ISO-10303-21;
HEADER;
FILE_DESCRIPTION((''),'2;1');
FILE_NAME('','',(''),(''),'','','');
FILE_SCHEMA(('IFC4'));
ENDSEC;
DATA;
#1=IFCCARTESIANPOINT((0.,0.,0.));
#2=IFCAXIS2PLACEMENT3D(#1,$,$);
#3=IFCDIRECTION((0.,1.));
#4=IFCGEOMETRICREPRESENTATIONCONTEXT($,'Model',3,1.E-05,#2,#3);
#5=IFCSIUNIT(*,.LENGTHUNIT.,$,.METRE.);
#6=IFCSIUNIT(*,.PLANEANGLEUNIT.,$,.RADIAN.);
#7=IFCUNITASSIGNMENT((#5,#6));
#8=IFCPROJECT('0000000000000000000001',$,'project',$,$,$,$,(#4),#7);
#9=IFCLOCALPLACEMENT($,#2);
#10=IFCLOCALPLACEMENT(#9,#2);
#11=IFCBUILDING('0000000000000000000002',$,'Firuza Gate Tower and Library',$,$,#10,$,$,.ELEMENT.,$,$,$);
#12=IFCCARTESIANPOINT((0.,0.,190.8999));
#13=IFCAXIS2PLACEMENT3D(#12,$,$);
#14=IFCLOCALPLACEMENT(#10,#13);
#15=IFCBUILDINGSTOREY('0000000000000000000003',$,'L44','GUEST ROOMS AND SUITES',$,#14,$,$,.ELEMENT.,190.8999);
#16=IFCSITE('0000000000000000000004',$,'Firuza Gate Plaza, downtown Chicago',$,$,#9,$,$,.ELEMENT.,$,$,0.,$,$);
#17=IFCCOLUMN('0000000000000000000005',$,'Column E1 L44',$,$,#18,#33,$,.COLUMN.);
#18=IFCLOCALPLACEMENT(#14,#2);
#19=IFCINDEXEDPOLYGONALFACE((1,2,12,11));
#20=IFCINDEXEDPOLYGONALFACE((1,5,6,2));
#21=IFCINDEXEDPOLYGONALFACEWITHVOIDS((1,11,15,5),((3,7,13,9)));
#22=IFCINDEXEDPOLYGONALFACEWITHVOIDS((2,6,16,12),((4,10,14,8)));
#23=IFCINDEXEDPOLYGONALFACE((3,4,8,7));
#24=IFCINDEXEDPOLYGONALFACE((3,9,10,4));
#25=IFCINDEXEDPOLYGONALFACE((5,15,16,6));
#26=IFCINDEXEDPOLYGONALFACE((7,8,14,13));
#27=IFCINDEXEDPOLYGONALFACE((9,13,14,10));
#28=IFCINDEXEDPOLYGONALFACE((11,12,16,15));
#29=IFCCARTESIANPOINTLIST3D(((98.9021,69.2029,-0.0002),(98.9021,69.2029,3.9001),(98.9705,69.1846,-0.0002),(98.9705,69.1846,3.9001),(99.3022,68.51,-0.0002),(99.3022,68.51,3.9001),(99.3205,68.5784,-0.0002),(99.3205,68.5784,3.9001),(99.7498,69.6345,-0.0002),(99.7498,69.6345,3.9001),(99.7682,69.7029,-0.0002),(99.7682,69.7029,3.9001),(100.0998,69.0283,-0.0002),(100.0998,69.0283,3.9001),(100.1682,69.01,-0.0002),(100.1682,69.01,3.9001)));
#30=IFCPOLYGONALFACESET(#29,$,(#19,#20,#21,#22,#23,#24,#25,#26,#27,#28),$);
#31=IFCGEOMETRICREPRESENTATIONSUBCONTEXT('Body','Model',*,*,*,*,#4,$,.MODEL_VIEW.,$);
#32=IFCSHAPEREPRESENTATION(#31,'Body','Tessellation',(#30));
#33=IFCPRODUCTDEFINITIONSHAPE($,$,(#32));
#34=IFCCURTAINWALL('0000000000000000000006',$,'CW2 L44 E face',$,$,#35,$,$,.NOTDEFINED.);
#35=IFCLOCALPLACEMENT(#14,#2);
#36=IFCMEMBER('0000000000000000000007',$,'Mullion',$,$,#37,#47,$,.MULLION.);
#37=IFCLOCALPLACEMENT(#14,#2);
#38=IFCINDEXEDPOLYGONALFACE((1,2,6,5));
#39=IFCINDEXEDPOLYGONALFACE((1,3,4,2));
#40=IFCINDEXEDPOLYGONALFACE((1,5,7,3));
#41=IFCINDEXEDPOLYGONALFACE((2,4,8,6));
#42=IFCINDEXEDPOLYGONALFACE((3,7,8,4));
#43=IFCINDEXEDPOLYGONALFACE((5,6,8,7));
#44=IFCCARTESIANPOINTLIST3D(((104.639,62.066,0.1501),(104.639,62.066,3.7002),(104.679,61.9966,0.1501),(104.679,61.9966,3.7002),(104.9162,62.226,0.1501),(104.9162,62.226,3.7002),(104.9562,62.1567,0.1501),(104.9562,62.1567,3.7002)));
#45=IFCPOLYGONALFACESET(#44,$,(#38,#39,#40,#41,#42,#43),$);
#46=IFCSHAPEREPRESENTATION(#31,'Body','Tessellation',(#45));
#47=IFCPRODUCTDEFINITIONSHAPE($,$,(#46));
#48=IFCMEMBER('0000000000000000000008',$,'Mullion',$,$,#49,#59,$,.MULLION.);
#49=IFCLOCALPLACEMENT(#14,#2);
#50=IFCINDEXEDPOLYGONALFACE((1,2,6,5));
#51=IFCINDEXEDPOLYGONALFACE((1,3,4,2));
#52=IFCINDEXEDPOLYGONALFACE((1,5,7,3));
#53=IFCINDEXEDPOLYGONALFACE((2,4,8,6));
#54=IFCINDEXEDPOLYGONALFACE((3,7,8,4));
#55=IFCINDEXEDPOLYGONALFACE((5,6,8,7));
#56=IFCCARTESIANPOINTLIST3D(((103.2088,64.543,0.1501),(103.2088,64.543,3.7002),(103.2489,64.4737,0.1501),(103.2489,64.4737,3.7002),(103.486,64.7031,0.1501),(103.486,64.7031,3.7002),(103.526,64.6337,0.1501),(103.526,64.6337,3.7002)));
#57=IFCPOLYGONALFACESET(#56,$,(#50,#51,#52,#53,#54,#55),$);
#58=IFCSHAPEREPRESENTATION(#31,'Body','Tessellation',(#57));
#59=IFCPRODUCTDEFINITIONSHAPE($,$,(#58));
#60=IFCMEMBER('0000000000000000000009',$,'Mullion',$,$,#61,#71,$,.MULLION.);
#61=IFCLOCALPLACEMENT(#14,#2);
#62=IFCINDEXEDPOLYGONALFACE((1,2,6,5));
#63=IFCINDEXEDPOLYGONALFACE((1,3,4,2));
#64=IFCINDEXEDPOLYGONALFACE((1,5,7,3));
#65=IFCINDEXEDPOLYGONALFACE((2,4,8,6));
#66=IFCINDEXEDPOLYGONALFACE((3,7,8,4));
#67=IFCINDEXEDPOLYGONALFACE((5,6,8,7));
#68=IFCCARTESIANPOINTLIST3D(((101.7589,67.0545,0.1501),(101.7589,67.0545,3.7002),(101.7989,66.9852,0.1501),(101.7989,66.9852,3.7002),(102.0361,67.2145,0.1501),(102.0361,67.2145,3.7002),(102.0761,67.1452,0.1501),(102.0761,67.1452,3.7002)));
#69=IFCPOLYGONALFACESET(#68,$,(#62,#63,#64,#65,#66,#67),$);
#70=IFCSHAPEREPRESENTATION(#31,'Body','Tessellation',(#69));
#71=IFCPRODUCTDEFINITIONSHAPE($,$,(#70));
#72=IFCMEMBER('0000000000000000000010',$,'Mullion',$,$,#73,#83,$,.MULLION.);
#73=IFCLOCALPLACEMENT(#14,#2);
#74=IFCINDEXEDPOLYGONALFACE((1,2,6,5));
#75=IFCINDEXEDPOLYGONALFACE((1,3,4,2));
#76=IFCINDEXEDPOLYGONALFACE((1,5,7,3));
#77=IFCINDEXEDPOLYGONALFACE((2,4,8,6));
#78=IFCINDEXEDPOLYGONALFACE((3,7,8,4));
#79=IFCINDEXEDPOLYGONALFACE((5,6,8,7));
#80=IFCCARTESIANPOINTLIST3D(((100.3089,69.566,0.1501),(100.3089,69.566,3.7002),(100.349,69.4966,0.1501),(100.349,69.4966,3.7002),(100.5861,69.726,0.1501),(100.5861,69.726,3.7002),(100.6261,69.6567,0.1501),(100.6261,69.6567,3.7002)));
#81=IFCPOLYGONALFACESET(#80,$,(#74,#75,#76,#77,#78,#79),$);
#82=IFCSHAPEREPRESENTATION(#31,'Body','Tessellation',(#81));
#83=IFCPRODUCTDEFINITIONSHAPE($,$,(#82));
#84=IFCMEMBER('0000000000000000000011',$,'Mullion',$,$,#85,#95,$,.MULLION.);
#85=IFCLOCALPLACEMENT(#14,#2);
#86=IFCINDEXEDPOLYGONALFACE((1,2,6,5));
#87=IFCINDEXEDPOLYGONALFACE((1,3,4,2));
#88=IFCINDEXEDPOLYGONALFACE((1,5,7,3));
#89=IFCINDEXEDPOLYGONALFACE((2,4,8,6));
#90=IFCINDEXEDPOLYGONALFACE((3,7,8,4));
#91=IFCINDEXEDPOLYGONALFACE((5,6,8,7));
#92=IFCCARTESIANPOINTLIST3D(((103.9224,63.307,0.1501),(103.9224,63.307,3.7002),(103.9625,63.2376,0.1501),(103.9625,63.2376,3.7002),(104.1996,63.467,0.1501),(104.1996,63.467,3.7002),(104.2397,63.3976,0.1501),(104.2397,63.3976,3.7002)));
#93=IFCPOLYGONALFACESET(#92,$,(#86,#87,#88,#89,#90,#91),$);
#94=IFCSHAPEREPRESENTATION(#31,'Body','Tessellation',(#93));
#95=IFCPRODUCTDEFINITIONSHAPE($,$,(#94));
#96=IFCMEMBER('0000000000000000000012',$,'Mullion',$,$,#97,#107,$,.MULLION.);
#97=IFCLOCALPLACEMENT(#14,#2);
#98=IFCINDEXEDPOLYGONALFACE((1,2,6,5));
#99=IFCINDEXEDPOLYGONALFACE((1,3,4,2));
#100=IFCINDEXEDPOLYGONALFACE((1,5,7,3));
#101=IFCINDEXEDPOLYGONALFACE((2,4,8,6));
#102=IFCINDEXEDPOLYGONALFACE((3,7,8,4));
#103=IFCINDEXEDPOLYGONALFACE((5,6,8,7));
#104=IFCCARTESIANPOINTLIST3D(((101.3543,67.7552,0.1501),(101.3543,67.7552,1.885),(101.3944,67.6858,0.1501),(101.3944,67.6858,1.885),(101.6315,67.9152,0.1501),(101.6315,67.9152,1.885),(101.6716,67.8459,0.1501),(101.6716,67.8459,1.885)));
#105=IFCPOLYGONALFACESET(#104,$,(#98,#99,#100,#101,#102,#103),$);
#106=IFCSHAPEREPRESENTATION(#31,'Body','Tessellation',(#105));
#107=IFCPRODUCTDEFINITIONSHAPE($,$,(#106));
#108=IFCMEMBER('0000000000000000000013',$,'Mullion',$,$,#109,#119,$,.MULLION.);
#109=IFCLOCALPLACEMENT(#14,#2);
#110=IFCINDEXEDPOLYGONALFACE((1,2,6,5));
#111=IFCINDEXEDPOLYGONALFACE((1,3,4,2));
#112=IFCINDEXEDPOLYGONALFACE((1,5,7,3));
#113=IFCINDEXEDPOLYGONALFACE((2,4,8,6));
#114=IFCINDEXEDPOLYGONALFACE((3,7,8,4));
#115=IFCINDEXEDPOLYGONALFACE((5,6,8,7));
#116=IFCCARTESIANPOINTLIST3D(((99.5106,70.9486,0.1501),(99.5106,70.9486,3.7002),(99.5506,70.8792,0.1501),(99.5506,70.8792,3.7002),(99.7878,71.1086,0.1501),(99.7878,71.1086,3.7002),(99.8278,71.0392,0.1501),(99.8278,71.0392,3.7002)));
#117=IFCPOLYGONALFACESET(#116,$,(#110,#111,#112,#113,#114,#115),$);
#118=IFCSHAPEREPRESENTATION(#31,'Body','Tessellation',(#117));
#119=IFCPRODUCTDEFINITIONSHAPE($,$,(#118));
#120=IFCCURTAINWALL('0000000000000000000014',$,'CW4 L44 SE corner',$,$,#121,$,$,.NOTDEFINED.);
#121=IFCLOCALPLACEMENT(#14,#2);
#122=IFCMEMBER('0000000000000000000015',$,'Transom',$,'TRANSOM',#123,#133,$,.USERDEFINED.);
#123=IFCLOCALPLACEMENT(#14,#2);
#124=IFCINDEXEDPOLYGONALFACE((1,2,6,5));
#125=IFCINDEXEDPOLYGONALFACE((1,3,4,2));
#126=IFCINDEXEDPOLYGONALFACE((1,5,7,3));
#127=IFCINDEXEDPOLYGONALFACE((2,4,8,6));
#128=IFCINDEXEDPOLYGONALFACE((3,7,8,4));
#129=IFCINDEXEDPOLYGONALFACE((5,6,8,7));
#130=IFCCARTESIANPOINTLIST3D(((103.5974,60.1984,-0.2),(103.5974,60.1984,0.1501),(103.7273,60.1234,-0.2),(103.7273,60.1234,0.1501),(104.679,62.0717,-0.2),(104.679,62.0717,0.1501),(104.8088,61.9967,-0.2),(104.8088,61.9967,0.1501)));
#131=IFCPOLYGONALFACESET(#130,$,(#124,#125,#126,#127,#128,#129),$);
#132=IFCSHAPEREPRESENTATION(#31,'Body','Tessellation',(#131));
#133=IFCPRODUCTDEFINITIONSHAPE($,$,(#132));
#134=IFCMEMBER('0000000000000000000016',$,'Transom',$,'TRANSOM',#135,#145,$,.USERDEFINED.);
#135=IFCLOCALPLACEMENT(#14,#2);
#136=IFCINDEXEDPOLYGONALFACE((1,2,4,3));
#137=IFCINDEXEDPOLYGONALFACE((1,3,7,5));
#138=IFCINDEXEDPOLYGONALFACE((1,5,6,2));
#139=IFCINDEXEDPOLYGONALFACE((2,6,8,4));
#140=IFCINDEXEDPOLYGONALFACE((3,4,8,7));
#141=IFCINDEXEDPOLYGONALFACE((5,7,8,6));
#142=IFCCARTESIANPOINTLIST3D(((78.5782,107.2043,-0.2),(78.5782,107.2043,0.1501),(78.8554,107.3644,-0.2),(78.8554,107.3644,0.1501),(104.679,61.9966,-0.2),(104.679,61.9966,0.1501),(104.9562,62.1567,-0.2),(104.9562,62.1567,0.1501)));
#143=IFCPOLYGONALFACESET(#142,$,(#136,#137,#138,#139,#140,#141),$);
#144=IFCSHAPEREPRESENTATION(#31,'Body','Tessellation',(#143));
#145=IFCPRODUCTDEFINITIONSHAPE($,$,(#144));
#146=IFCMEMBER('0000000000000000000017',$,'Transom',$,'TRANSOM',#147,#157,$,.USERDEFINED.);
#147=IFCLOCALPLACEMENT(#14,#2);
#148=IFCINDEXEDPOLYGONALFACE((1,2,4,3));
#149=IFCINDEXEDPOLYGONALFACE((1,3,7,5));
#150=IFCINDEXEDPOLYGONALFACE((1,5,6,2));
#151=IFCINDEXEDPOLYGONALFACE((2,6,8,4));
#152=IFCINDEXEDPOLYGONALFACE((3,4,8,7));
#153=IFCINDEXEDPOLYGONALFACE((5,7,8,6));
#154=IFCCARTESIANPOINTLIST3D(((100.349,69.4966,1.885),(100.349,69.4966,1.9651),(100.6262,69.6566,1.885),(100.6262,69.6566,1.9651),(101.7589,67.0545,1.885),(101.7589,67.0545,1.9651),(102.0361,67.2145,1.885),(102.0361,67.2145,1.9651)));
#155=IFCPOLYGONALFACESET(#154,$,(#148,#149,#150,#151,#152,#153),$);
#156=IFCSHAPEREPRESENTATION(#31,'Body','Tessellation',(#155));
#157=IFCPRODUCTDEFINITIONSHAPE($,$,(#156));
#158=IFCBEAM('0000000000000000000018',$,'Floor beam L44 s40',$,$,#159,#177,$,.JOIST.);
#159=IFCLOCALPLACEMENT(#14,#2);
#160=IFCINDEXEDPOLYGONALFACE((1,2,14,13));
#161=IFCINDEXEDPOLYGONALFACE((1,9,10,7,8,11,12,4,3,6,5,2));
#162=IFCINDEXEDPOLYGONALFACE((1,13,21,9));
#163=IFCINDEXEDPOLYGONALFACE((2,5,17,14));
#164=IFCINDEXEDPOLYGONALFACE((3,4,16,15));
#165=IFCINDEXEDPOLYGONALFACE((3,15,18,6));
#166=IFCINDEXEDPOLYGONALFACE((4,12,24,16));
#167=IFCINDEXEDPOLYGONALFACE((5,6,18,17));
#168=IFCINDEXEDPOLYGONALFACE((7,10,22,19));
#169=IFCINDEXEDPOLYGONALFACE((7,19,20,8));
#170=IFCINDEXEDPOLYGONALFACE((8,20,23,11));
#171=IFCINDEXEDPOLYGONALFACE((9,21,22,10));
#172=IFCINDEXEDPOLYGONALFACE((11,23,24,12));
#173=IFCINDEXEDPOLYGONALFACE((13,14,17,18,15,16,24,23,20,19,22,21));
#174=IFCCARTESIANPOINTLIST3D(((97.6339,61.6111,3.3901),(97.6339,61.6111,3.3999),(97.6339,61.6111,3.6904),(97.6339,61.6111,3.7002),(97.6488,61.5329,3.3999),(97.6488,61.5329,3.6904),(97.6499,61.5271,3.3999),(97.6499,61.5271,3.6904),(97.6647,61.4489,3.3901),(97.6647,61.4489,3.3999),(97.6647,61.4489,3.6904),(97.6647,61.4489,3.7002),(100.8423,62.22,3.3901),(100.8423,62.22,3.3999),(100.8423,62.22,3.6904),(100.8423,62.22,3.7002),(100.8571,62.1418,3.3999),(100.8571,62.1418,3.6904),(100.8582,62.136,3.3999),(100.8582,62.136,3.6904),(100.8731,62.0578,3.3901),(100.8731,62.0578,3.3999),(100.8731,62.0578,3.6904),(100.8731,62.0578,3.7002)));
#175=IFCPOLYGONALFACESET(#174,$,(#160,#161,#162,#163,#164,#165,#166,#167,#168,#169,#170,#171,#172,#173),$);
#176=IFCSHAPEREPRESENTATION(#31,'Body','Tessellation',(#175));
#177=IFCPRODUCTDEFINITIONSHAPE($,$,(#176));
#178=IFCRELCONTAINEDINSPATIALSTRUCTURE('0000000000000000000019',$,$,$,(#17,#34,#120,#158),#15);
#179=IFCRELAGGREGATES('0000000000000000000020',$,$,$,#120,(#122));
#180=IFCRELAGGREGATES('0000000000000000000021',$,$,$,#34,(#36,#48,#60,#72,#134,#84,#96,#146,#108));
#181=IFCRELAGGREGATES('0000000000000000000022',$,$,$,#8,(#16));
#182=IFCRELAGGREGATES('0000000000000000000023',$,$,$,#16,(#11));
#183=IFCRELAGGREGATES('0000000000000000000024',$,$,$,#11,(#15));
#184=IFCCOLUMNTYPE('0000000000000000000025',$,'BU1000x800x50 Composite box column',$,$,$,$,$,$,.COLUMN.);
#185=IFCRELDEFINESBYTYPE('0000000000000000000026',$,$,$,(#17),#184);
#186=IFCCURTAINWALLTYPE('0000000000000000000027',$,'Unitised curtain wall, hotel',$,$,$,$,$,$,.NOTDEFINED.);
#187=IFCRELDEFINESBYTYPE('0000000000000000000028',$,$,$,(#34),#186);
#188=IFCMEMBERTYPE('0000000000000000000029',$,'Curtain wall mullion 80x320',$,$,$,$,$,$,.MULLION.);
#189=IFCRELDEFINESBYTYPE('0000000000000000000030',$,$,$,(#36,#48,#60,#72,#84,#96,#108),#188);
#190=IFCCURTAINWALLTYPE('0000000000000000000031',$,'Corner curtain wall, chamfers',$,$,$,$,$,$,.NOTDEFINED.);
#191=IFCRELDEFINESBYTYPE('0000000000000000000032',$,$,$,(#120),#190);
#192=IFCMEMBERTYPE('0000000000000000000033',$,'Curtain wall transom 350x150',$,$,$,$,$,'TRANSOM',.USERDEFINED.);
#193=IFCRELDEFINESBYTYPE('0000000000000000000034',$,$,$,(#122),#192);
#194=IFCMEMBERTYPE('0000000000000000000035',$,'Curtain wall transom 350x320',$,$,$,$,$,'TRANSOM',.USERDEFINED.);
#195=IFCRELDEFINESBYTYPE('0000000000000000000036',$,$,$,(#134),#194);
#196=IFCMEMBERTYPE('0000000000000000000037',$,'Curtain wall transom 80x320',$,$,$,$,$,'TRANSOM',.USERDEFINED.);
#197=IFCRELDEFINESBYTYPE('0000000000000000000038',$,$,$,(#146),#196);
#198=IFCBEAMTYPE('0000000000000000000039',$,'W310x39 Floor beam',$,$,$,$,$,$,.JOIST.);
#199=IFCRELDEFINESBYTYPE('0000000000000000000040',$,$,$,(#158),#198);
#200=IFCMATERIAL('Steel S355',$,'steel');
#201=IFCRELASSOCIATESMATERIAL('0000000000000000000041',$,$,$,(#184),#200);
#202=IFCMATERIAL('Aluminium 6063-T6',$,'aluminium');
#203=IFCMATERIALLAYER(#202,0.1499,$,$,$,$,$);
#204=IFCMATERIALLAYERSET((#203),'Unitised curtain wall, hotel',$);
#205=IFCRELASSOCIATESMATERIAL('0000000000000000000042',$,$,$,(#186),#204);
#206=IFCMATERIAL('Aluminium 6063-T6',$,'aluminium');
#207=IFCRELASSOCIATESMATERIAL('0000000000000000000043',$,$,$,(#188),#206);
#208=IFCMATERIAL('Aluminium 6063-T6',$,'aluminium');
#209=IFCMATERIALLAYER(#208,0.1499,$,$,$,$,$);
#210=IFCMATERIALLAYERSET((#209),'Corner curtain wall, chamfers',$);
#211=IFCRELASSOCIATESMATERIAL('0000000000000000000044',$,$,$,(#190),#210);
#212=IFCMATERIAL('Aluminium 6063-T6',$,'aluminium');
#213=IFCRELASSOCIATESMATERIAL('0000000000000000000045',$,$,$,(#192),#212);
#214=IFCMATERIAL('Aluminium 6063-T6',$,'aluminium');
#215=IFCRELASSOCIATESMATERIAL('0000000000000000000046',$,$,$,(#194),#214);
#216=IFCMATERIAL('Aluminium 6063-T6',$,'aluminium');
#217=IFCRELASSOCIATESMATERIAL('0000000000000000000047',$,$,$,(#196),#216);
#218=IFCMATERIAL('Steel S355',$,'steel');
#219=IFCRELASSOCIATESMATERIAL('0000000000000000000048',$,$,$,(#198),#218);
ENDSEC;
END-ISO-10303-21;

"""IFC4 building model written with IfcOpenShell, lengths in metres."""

from ifc_helpers import new_model, si_unit, direction, frame, origin, origin_2d, place, context, subcontext, project, spatial, rectangle, hollow_rectangle, i_section, extrude, material, layer, layer_set, material_profile, profile_set, type_object, element, aggregate, save


model = new_model("IFC4")

# Units and contexts
model_context = context("Model", 3, precision=1e-05, world=origin(), true_north=direction((0.0, 1.0)))
body_context = subcontext(model_context, "Body", "Model", "MODEL_VIEW")
ifc_project = project(units=[si_unit("LENGTHUNIT", "METRE"), si_unit("PLANEANGLEUNIT", "RADIAN")], contexts=[model_context])

# Site, building, storey
site_placement = place(None, origin())
site = spatial("IfcSite", under=ifc_project, at=site_placement, Name="Firuza Gate Plaza, downtown Chicago", CompositionType="ELEMENT", RefElevation=0.0)
building_placement = place(site_placement, origin())
building = spatial("IfcBuilding", under=site, at=building_placement, Name="Firuza Gate Tower and Library", CompositionType="ELEMENT")
storey_placement = place(building_placement, frame((0.0, 0.0, 190.8999)))
storey = spatial("IfcBuildingStorey", under=building, at=storey_placement, Name="L44", Description="GUEST ROOMS AND SUITES", CompositionType="ELEMENT", Elevation=190.8999)

# Column
ifc_material_1 = material(Name="Steel S355", Category="steel")
ifc_material_profile_1 = material_profile(ifc_material_1, hollow_rectangle(XDim=0.8, YDim=1.0, WallThickness=0.05, at=origin_2d()))
ifc_profile_set_1 = profile_set([ifc_material_profile_1], Name="Steel S355")
column_type = type_object("IfcColumnType", Name="BU1000x800x50 Composite box column", PredefinedType="COLUMN", material=ifc_profile_set_1)
column_placement = place(storey_placement, frame((99.5352, 69.1064, -0.0002), z_axis=(0.0, 0.0, 1.0), x_axis=(-0.5, 0.866025, 0.0)))
element("IfcColumn", 1, at=column_placement, inside=storey, type_object=column_type, Name="Column E1 L44", PredefinedType="COLUMN", context=body_context, shape_type="SweptSolid", body=[
    extrude(hollow_rectangle(XDim=0.8, YDim=1.0, WallThickness=0.05, at=origin_2d()), origin(), (0.0, 0.0, 1.0), 3.9004),
])

# Curtain wall, members
ifc_material_2 = material(Name="Aluminium 6063-T6", Category="aluminium")
ifc_layer_1 = layer(ifc_material_2, 0.1499)
ifc_layer_set_1 = layer_set([ifc_layer_1], Name="Unitised curtain wall, hotel")
curtain_wall_type_1 = type_object("IfcCurtainWallType", Name="Unitised curtain wall, hotel", PredefinedType="NOTDEFINED", material=ifc_layer_set_1)
placement = place(storey_placement, origin())
curtain_wall_1 = element("IfcCurtainWall", 2, at=placement, inside=storey, type_object=curtain_wall_type_1, Name="CW2 L44 E face", PredefinedType="NOTDEFINED")
ifc_material_3 = material(Name="Aluminium 6063-T6", Category="aluminium")
ifc_material_profile_2 = material_profile(ifc_material_3, rectangle(XDim=0.3201, YDim=0.0801, at=origin_2d()))
ifc_profile_set_2 = profile_set([ifc_material_profile_2], Name="Aluminium 6063-T6")
member_type_1 = type_object("IfcMemberType", Name="Curtain wall mullion 80x320", PredefinedType="MULLION", material=ifc_profile_set_2)
member_1_placement = place(storey_placement, frame((104.7976, 62.1113, 0.1501), z_axis=(0.0, 0.0, 1.0), x_axis=(-0.866025, -0.5, 0.0)))
member_1 = element("IfcMember", 3, at=member_1_placement, type_object=member_type_1, Name="Mullion", PredefinedType="MULLION", context=body_context, shape_type="SweptSolid", body=[
    extrude(rectangle(XDim=0.3201, YDim=0.0801, at=origin_2d()), origin(), (0.0, 0.0, 1.0), 3.55),
])
member_2_placement = place(storey_placement, frame((103.3674, 64.5884, 0.1501), z_axis=(0.0, 0.0, 1.0), x_axis=(-0.866025, -0.5, 0.0)))
member_2 = element("IfcMember", 4, at=member_2_placement, type_object=member_type_1, Name="Mullion", PredefinedType="MULLION", context=body_context, shape_type="SweptSolid", body=[
    extrude(rectangle(XDim=0.3201, YDim=0.0801, at=origin_2d()), origin(), (0.0, 0.0, 1.0), 3.55),
])
member_3_placement = place(storey_placement, frame((101.9175, 67.0999, 0.1501), z_axis=(0.0, 0.0, 1.0), x_axis=(-0.866025, -0.5, 0.0)))
member_3 = element("IfcMember", 5, at=member_3_placement, type_object=member_type_1, Name="Mullion", PredefinedType="MULLION", context=body_context, shape_type="SweptSolid", body=[
    extrude(rectangle(XDim=0.3201, YDim=0.0801, at=origin_2d()), origin(), (0.0, 0.0, 1.0), 3.55),
])
member_4_placement = place(storey_placement, frame((100.4675, 69.6113, 0.1501), z_axis=(0.0, 0.0, 1.0), x_axis=(-0.866025, -0.5, 0.0)))
member_4 = element("IfcMember", 6, at=member_4_placement, type_object=member_type_1, Name="Mullion", PredefinedType="MULLION", context=body_context, shape_type="SweptSolid", body=[
    extrude(rectangle(XDim=0.3201, YDim=0.0801, at=origin_2d()), origin(), (0.0, 0.0, 1.0), 3.55),
])
member_5_placement = place(storey_placement, frame((104.0811, 63.3523, 0.1501), z_axis=(0.0, 0.0, 1.0), x_axis=(-0.866025, -0.5, 0.0)))
member_5 = element("IfcMember", 7, at=member_5_placement, type_object=member_type_1, Name="Mullion", PredefinedType="MULLION", context=body_context, shape_type="SweptSolid", body=[
    extrude(rectangle(XDim=0.3201, YDim=0.0801, at=origin_2d()), origin(), (0.0, 0.0, 1.0), 3.55),
])
member_6_placement = place(storey_placement, frame((101.5129, 67.8005, 0.1501), z_axis=(0.0, 0.0, 1.0), x_axis=(-0.866025, -0.5, 0.0)))
member_6 = element("IfcMember", 8, at=member_6_placement, type_object=member_type_1, Name="Mullion", PredefinedType="MULLION", context=body_context, shape_type="SweptSolid", body=[
    extrude(rectangle(XDim=0.3201, YDim=0.0801, at=origin_2d()), origin(), (0.0, 0.0, 1.0), 1.7349),
])
member_7_placement = place(storey_placement, frame((99.6692, 70.9939, 0.1501), z_axis=(0.0, 0.0, 1.0), x_axis=(-0.866025, -0.5, 0.0)))
member_7 = element("IfcMember", 9, at=member_7_placement, type_object=member_type_1, Name="Mullion", PredefinedType="MULLION", context=body_context, shape_type="SweptSolid", body=[
    extrude(rectangle(XDim=0.3201, YDim=0.0801, at=origin_2d()), origin(), (0.0, 0.0, 1.0), 3.55),
])

# Curtain wall, member
ifc_material_4 = material(Name="Aluminium 6063-T6", Category="aluminium")
ifc_layer_2 = layer(ifc_material_4, 0.1499)
ifc_layer_set_2 = layer_set([ifc_layer_2], Name="Corner curtain wall, chamfers")
curtain_wall_type_2 = type_object("IfcCurtainWallType", Name="Corner curtain wall, chamfers", PredefinedType="NOTDEFINED", material=ifc_layer_set_2)
curtain_wall_2 = element("IfcCurtainWall", 10, at=placement, inside=storey, type_object=curtain_wall_type_2, Name="CW4 L44 SE corner", PredefinedType="NOTDEFINED")
ifc_material_5 = material(Name="Aluminium 6063-T6", Category="aluminium")
ifc_material_profile_3 = material_profile(ifc_material_5, rectangle(XDim=0.1499, YDim=0.3501, at=origin_2d()))
ifc_profile_set_3 = profile_set([ifc_material_profile_3], Name="Aluminium 6063-T6")
member_type_2 = type_object("IfcMemberType", Name="Curtain wall transom 350x150", ElementType="TRANSOM", PredefinedType="USERDEFINED", material=ifc_profile_set_3)
member_8_placement = place(storey_placement, frame((103.6624, 60.1609, -0.0249), z_axis=(0.499999, 0.866026, 0.0), x_axis=(-0.866026, 0.499999, 0.0)))
member_8 = element("IfcMember", 11, at=member_8_placement, type_object=member_type_2, Name="Transom", ObjectType="TRANSOM", PredefinedType="USERDEFINED", context=body_context, shape_type="SweptSolid", body=[
    extrude(rectangle(XDim=0.1499, YDim=0.3501, at=origin_2d()), origin(), (0.0, 0.0, 1.0), 2.1631),
])
aggregate(curtain_wall_2, [member_8])

# Members
ifc_material_6 = material(Name="Aluminium 6063-T6", Category="aluminium")
ifc_material_profile_4 = material_profile(ifc_material_6, rectangle(XDim=0.3201, YDim=0.3501, at=origin_2d()))
ifc_profile_set_4 = profile_set([ifc_material_profile_4], Name="Aluminium 6063-T6")
member_type_3 = type_object("IfcMemberType", Name="Curtain wall transom 350x320", ElementType="TRANSOM", PredefinedType="USERDEFINED", material=ifc_profile_set_4)
member_9_placement = place(storey_placement, frame((104.8176, 62.0767, -0.0249), z_axis=(-0.500002, 0.866024, 0.0), x_axis=(-0.866024, -0.500002, 0.0)))
member_9 = element("IfcMember", 12, at=member_9_placement, type_object=member_type_3, Name="Transom", ObjectType="TRANSOM", PredefinedType="USERDEFINED", context=body_context, shape_type="SweptSolid", body=[
    extrude(rectangle(XDim=0.3201, YDim=0.3501, at=origin_2d()), origin(), (0.0, 0.0, 1.0), 52.2014),
])
ifc_material_7 = material(Name="Aluminium 6063-T6", Category="aluminium")
ifc_material_profile_5 = material_profile(ifc_material_7, rectangle(XDim=0.3201, YDim=0.0801, at=origin_2d()))
ifc_profile_set_5 = profile_set([ifc_material_profile_5], Name="Aluminium 6063-T6")
member_type_4 = type_object("IfcMemberType", Name="Curtain wall transom 80x320", ElementType="TRANSOM", PredefinedType="USERDEFINED", material=ifc_profile_set_5)
member_10_placement = place(storey_placement, frame((101.8975, 67.1345, 1.925), z_axis=(-0.499985, 0.866034, 0.0), x_axis=(-0.866034, -0.499985, 0.0)))
member_10 = element("IfcMember", 13, at=member_10_placement, type_object=member_type_4, Name="Transom", ObjectType="TRANSOM", PredefinedType="USERDEFINED", context=body_context, shape_type="SweptSolid", body=[
    extrude(rectangle(XDim=0.3201, YDim=0.0801, at=origin_2d()), origin(), (0.0, 0.0, 1.0), 2.8198),
])

# Beam
ifc_material_8 = material(Name="Steel S355", Category="steel")
ifc_material_profile_6 = material_profile(ifc_material_8, i_section(OverallWidth=0.165, OverallDepth=0.3101, WebThickness=0.0059, FlangeThickness=0.0098, at=origin_2d()))
ifc_profile_set_6 = profile_set([ifc_material_profile_6], Name="Steel S355")
beam_type_1 = type_object("IfcBeamType", Name="W310x39 Floor beam", PredefinedType="JOIST", material=ifc_profile_set_6)
beam_1_placement = place(storey_placement, frame((100.8577, 62.1389, 3.5452), z_axis=(-0.982463, -0.186459, 0.0), x_axis=(0.186459, -0.982463, 0.0)))
element("IfcBeam", 14, at=beam_1_placement, inside=storey, type_object=beam_type_1, Name="Floor beam L44 s40", PredefinedType="JOIST", context=body_context, shape_type="SweptSolid", body=[
    extrude(i_section(OverallWidth=0.165, OverallDepth=0.3101, WebThickness=0.0059, FlangeThickness=0.0098, at=origin_2d()), origin(), (0.0, 0.0, 1.0), 3.2656),
])

aggregate(curtain_wall_1, [member_1, member_2, member_3, member_4, member_9, member_5, member_6, member_10, member_7])

save(model, "model.ifc")
